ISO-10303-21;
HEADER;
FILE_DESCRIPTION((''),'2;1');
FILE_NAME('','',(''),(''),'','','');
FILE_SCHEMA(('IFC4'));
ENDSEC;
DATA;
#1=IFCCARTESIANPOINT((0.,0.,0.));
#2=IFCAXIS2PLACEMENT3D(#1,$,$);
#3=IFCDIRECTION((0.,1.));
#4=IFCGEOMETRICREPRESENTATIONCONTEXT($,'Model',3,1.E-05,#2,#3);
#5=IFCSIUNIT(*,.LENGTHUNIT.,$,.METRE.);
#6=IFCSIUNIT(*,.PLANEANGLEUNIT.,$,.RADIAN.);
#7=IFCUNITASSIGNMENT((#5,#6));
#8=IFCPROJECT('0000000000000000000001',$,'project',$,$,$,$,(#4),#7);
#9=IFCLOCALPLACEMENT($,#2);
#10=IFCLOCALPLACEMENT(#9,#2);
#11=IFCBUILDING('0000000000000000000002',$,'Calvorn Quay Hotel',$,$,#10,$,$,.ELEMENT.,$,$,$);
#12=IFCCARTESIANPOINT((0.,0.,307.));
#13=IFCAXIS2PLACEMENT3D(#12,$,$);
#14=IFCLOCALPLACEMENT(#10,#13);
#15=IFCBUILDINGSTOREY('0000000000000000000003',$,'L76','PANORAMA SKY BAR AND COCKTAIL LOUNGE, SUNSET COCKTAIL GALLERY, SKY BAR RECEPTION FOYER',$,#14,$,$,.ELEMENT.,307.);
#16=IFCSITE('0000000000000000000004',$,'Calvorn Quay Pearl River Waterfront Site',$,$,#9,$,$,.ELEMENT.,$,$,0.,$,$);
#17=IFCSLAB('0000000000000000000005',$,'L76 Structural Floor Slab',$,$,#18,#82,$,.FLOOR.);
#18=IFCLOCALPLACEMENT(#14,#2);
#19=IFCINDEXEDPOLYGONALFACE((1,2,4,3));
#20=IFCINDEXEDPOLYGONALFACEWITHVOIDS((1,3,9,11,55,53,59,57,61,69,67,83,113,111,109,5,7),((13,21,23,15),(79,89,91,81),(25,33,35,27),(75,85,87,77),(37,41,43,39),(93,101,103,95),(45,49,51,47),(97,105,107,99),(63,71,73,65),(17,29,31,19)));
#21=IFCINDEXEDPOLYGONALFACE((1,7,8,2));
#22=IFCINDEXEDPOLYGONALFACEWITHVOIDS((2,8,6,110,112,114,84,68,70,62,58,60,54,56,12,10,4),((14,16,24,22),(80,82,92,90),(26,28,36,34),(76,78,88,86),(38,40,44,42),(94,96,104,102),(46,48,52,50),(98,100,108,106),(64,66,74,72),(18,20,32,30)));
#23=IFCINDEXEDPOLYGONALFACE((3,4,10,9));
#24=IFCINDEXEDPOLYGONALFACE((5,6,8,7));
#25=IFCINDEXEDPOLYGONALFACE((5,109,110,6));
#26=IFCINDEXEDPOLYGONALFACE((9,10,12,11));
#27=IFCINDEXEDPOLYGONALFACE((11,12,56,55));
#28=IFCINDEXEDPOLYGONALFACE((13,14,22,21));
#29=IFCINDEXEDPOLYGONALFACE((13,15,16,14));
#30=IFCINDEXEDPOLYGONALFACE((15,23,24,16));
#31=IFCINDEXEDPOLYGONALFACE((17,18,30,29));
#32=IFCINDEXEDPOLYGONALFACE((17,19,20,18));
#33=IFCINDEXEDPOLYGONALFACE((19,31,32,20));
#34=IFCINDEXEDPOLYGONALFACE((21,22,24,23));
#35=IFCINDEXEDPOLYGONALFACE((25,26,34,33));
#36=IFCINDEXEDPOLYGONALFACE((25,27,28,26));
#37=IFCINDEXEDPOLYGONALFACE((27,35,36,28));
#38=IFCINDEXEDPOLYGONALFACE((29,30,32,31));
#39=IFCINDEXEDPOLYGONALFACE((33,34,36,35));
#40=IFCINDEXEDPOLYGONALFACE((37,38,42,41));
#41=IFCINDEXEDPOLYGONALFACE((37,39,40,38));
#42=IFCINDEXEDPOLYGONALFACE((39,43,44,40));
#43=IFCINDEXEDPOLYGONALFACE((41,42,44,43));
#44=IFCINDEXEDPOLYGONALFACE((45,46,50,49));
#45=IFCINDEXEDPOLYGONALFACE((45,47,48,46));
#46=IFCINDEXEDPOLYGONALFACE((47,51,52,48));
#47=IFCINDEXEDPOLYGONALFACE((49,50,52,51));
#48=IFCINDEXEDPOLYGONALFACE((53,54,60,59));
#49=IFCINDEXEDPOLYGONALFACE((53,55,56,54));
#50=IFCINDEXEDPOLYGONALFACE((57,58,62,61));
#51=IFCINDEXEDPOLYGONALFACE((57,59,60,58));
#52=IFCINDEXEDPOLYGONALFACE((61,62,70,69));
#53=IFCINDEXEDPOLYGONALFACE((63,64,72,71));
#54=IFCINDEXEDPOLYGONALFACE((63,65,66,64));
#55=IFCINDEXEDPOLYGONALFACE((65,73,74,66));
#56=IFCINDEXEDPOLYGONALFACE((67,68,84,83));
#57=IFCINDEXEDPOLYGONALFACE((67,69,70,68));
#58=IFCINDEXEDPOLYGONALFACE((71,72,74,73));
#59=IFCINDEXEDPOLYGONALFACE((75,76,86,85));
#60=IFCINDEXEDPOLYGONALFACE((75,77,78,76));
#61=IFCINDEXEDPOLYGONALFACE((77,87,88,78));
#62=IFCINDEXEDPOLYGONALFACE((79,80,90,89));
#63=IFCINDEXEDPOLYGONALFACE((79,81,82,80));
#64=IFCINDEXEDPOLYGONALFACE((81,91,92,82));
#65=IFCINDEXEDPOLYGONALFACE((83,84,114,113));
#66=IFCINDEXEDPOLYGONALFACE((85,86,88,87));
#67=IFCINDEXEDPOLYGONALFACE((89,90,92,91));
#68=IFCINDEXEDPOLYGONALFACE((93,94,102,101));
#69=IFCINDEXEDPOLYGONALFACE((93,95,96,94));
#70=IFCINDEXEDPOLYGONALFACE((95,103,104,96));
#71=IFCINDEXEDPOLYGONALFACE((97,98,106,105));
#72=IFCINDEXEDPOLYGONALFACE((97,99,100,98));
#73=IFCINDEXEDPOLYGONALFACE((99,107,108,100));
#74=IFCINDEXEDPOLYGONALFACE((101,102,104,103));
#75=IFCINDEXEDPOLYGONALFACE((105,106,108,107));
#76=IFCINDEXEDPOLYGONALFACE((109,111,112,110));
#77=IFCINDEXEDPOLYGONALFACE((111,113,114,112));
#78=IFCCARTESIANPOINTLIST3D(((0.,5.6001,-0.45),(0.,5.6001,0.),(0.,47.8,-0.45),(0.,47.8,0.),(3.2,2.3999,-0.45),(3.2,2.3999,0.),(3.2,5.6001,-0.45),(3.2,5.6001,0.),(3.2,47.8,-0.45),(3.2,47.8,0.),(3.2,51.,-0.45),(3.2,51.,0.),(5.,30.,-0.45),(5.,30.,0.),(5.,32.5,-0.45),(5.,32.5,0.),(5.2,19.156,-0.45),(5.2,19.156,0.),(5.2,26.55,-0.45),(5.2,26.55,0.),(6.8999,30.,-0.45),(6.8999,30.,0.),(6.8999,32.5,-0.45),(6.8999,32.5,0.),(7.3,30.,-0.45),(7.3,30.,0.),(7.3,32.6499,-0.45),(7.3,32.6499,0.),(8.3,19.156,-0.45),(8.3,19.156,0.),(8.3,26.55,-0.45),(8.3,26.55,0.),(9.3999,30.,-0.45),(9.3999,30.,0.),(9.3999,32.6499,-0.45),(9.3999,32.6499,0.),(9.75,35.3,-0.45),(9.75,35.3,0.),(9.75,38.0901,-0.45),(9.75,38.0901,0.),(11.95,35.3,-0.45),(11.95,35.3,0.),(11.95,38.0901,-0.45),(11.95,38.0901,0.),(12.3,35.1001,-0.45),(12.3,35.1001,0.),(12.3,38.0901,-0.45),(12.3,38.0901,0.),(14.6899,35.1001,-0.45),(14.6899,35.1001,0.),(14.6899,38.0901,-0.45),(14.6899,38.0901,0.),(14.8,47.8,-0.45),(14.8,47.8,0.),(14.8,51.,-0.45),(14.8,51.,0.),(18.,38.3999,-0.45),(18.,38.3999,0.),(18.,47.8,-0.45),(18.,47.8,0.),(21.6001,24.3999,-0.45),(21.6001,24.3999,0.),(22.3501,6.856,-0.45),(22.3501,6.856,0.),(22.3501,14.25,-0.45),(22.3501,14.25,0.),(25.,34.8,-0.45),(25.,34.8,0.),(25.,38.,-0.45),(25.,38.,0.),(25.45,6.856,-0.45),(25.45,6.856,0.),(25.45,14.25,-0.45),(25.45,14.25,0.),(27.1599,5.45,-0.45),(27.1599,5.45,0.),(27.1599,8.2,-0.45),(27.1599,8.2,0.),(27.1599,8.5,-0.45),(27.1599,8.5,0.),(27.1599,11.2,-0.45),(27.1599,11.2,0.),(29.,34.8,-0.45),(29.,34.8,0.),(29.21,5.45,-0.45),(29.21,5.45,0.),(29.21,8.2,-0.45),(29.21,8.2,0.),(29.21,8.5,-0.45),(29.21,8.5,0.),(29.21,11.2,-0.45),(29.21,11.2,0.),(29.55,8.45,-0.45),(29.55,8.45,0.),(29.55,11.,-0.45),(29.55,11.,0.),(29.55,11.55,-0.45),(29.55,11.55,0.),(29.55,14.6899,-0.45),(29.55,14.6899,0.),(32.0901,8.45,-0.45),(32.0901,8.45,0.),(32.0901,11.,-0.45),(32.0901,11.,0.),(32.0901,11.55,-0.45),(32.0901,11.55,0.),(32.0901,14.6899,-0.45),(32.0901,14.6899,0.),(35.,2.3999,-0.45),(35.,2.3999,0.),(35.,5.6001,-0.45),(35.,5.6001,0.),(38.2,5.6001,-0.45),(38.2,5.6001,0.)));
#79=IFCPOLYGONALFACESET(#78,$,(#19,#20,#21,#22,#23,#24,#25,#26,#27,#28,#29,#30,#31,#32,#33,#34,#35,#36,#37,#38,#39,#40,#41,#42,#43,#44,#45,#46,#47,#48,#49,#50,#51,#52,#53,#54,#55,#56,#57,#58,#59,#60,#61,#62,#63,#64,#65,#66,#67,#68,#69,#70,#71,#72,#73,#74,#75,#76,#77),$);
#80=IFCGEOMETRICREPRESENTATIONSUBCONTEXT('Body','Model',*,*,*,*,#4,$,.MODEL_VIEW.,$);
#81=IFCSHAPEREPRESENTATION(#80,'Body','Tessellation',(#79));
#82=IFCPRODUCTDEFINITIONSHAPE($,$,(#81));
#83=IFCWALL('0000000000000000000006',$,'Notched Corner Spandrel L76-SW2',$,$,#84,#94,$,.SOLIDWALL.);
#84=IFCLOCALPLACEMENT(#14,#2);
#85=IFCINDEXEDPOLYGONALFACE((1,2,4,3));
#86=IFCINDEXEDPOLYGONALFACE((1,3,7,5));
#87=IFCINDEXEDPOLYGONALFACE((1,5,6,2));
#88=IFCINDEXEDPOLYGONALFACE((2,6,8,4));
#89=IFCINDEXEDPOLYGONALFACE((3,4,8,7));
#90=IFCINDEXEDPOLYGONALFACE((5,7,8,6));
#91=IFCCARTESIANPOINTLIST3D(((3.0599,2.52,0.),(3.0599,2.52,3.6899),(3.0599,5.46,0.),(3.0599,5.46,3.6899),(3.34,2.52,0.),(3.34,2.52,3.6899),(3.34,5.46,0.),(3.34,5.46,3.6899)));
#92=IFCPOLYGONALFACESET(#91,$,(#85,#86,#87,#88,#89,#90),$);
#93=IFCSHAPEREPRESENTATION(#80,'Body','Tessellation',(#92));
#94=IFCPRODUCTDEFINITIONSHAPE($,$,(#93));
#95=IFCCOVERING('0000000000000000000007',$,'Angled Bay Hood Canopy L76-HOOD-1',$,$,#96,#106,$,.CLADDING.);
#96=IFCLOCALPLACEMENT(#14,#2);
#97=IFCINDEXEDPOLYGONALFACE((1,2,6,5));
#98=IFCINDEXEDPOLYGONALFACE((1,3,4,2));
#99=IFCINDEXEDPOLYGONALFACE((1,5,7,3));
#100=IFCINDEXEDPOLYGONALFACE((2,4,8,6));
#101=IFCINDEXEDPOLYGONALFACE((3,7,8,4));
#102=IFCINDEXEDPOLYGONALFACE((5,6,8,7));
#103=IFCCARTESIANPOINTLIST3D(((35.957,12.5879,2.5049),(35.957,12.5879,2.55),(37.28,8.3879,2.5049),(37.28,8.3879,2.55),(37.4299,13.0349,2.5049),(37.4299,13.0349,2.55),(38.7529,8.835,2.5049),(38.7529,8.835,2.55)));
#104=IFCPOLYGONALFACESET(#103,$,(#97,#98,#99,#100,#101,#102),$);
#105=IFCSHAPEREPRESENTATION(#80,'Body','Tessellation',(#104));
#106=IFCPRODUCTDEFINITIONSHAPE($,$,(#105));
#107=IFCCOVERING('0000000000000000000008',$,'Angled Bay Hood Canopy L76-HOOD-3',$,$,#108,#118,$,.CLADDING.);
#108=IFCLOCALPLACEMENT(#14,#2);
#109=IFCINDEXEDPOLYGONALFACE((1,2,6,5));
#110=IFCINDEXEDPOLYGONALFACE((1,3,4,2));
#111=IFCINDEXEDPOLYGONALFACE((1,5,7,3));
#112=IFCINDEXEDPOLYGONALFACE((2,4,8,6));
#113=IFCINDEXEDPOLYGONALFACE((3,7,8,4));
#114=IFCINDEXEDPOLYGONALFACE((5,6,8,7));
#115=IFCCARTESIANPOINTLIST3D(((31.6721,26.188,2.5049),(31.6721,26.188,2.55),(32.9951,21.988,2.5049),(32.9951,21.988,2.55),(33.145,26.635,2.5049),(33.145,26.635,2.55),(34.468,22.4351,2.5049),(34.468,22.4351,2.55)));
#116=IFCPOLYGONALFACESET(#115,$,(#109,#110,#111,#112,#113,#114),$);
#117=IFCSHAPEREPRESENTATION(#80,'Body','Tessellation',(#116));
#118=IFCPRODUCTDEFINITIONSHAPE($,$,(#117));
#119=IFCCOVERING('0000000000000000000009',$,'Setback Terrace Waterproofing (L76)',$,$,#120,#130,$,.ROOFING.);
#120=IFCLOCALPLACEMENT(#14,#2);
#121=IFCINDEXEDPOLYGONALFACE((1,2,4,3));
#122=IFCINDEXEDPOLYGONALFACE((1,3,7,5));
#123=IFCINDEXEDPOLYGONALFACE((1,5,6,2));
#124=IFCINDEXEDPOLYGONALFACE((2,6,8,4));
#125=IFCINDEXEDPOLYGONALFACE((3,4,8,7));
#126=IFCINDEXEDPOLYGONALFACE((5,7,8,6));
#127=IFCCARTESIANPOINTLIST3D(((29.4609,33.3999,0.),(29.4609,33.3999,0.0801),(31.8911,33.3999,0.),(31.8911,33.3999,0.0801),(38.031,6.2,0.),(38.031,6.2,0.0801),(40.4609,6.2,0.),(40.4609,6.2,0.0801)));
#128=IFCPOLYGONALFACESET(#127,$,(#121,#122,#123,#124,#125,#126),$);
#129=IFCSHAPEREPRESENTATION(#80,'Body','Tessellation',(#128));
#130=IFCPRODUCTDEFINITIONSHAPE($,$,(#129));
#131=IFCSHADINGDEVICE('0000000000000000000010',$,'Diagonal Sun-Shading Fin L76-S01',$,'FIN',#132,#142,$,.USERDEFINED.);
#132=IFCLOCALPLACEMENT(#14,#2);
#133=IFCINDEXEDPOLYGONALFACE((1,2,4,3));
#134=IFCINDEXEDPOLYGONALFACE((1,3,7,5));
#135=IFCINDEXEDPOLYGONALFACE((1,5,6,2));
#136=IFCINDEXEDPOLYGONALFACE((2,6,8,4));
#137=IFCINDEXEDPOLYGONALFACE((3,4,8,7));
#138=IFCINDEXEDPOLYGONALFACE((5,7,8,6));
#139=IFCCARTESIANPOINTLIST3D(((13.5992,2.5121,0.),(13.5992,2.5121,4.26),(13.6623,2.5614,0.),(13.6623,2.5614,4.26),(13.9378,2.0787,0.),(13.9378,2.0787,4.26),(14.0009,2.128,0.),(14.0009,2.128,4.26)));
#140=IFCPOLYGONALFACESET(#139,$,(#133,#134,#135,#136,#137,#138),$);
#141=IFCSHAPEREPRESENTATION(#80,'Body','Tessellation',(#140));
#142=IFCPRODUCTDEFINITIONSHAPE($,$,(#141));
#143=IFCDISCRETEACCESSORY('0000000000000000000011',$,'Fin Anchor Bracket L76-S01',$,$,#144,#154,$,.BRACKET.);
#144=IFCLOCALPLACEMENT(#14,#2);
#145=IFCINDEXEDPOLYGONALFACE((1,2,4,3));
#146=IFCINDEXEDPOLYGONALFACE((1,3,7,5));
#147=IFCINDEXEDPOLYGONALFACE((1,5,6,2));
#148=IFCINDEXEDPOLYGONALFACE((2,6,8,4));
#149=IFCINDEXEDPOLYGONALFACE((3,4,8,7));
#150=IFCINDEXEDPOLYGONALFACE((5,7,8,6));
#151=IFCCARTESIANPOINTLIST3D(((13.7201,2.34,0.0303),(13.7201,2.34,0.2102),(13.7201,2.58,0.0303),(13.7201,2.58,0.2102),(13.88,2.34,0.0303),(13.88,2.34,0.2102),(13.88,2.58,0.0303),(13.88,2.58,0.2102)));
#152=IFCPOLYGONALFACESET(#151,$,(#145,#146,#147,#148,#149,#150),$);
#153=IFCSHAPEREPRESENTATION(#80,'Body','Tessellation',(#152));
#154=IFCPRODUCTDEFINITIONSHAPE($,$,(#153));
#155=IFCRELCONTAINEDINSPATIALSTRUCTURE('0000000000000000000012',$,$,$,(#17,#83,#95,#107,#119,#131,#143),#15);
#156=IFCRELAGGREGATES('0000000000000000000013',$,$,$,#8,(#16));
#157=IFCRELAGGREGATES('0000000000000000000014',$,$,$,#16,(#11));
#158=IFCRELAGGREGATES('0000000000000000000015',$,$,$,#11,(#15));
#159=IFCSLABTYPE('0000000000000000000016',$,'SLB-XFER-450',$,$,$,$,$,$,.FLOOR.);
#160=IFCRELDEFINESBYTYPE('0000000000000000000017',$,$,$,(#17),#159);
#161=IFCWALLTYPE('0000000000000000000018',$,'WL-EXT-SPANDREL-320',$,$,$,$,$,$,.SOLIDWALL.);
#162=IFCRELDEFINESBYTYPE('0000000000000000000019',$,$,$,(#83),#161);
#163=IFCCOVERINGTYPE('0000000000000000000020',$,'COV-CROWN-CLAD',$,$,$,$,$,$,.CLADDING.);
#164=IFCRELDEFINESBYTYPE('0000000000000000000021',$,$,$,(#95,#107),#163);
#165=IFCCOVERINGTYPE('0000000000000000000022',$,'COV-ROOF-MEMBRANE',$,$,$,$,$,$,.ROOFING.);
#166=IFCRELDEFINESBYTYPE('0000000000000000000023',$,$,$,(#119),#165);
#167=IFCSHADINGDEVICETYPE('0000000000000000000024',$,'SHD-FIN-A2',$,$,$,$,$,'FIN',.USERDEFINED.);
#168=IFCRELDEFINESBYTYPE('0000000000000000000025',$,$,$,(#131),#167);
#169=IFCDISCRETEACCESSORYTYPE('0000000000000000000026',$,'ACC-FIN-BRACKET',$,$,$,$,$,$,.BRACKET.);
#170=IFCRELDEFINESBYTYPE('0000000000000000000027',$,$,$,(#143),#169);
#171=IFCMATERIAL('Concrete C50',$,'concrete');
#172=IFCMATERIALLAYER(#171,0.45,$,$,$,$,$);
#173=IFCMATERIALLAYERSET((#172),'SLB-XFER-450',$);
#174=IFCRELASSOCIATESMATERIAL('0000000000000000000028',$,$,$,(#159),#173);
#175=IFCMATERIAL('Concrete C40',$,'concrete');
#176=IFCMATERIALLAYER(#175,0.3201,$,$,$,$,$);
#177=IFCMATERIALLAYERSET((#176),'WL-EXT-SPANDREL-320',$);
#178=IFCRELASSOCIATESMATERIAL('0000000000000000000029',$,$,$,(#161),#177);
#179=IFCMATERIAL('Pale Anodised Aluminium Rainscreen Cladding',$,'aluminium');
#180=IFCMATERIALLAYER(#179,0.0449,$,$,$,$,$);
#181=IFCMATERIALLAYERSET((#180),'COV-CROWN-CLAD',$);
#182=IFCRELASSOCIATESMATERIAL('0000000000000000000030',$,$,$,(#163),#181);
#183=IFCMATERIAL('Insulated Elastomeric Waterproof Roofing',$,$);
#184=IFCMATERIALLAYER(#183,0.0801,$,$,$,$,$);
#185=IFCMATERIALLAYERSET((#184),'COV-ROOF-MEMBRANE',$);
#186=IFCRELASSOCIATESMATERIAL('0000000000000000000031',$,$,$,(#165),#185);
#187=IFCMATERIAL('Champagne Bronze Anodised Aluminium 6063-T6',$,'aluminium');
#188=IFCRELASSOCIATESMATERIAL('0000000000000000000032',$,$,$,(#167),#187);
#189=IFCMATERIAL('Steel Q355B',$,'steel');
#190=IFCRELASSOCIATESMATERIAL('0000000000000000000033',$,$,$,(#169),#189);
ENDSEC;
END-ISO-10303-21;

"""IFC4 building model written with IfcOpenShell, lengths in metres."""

from ifc_helpers import new_model, si_unit, direction, frame, frame_2d, origin, origin_2d, place, context, subcontext, project, spatial, polyline, rectangle, outline, extrude, material, layer, layer_set, type_object, element, save


model = new_model("IFC4")

# Units and contexts
model_context = context("Model", 3, precision=1e-05, world=origin(), true_north=direction((0.0, 1.0)))
body_context = subcontext(model_context, "Body", "Model", "MODEL_VIEW")
ifc_project = project(units=[si_unit("LENGTHUNIT", "METRE"), si_unit("PLANEANGLEUNIT", "RADIAN")], contexts=[model_context])

# Site, building, storey
site_placement = place(None, origin())
site = spatial("IfcSite", under=ifc_project, at=site_placement, Name="Calvorn Quay Pearl River Waterfront Site", CompositionType="ELEMENT", RefElevation=0.0)
building_placement = place(site_placement, origin())
building = spatial("IfcBuilding", under=site, at=building_placement, Name="Calvorn Quay Hotel", CompositionType="ELEMENT")
storey_placement = place(building_placement, frame((0.0, 0.0, 307.0)))
storey = spatial("IfcBuildingStorey", under=building, at=storey_placement, Name="L76", Description="PANORAMA SKY BAR AND COCKTAIL LOUNGE, SUNSET COCKTAIL GALLERY, SKY BAR RECEPTION FOYER", CompositionType="ELEMENT", Elevation=307.0)

# Slab
ifc_material_1 = material(Name="Concrete C50", Category="concrete")
ifc_layer_1 = layer(ifc_material_1, 0.45)
ifc_layer_set_1 = layer_set([ifc_layer_1], Name="SLB-XFER-450")
slab_type_1 = type_object("IfcSlabType", Name="SLB-XFER-450", PredefinedType="FLOOR", material=ifc_layer_set_1)
slab_1_placement = place(storey_placement, frame((0.0, 0.0, -0.45)))
element("IfcSlab", 1, at=slab_1_placement, inside=storey, type_object=slab_type_1, Name="L76 Structural Floor Slab", PredefinedType="FLOOR", context=body_context, shape_type="SweptSolid", body=[
    extrude(outline(polyline([(0.0, 5.6001), (3.2, 5.6001), (3.2, 2.3999), (35.0, 2.3999), (35.0, 5.6001), (38.2, 5.6001), (29.0, 34.8), (25.0, 34.8), (25.0, 38.0), (21.6001, 24.3999), (18.0, 38.3999), (18.0, 47.8), (14.8, 47.8), (14.8, 51.0), (3.2, 51.0), (3.2, 47.8), (0.0, 47.8), (0.0, 5.6001)]), holes=[polyline([(5.2, 19.156), (8.3, 19.156), (8.3, 26.55), (5.2, 26.55), (5.2, 19.156)]), polyline([(22.3501, 6.856), (25.45, 6.856), (25.45, 14.25), (22.3501, 14.25), (22.3501, 6.856)]), polyline([(5.0, 30.0), (6.8999, 30.0), (6.8999, 32.5), (5.0, 32.5), (5.0, 30.0)]), polyline([(7.3, 30.0), (9.3999, 30.0), (9.3999, 32.6499), (7.3, 32.6499), (7.3, 30.0)]), polyline([(27.1599, 8.5), (29.21, 8.5), (29.21, 11.2), (27.1599, 11.2), (27.1599, 8.5)]), polyline([(27.1599, 5.45), (29.21, 5.45), (29.21, 8.2), (27.1599, 8.2), (27.1599, 5.45)]), polyline([(12.3, 35.1001), (14.6899, 35.1001), (14.6899, 38.0901), (12.3, 38.0901), (12.3, 35.1001)]), polyline([(9.75, 35.3), (11.95, 35.3), (11.95, 38.0901), (9.75, 38.0901), (9.75, 35.3)]), polyline([(29.55, 11.55), (32.0901, 11.55), (32.0901, 14.6899), (29.55, 14.6899), (29.55, 11.55)]), polyline([(29.55, 8.45), (32.0901, 8.45), (32.0901, 11.0), (29.55, 11.0), (29.55, 8.45)])]), origin(), (0.0, 0.0, 1.0), 0.45),
])

# Wall
ifc_material_2 = material(Name="Concrete C40", Category="concrete")
ifc_layer_2 = layer(ifc_material_2, 0.3201)
ifc_layer_set_2 = layer_set([ifc_layer_2], Name="WL-EXT-SPANDREL-320")
wall_type = type_object("IfcWallType", Name="WL-EXT-SPANDREL-320", PredefinedType="SOLIDWALL", material=ifc_layer_set_2)
wall_placement = place(storey_placement, frame((3.2, 5.46, 0.0), z_axis=(0.0, 0.0, 1.0), x_axis=(0.0, -1.0, 0.0)))
element("IfcWall", 2, at=wall_placement, inside=storey, type_object=wall_type, Name="Notched Corner Spandrel L76-SW2", PredefinedType="SOLIDWALL", context=body_context, shape_type="SweptSolid", body=[
    extrude(rectangle(XDim=2.9399, YDim=0.28, at=frame_2d((1.47, 0.0))), origin(), (0.0, 0.0, 1.0), 3.6899),
])

# Coverings
ifc_material_3 = material(Name="Pale Anodised Aluminium Rainscreen Cladding", Category="aluminium")
ifc_layer_3 = layer(ifc_material_3, 0.0449)
ifc_layer_set_3 = layer_set([ifc_layer_3], Name="COV-CROWN-CLAD")
covering_type_1 = type_object("IfcCoveringType", Name="COV-CROWN-CLAD", PredefinedType="CLADDING", material=ifc_layer_set_3)
covering_1_placement = place(storey_placement, frame((0.0, 0.0, 2.5049)))
element("IfcCovering", 3, at=covering_1_placement, inside=storey, type_object=covering_type_1, Name="Angled Bay Hood Canopy L76-HOOD-1", PredefinedType="CLADDING", context=body_context, shape_type="SweptSolid", body=[
    extrude(outline(polyline([(35.957, 12.5879), (37.4299, 13.0349), (38.7529, 8.835), (37.28, 8.3879), (35.957, 12.5879)])), origin(), (0.0, 0.0, 1.0), 0.0452),
])
covering_2_placement = place(storey_placement, frame((0.0, 0.0, 2.5049)))
element("IfcCovering", 4, at=covering_2_placement, inside=storey, type_object=covering_type_1, Name="Angled Bay Hood Canopy L76-HOOD-3", PredefinedType="CLADDING", context=body_context, shape_type="SweptSolid", body=[
    extrude(outline(polyline([(31.6721, 26.188), (33.145, 26.635), (34.468, 22.4351), (32.9951, 21.988), (31.6721, 26.188)])), origin(), (0.0, 0.0, 1.0), 0.0452),
])
ifc_material_4 = material(Name="Insulated Elastomeric Waterproof Roofing")
ifc_layer_4 = layer(ifc_material_4, 0.0801)
ifc_layer_set_4 = layer_set([ifc_layer_4], Name="COV-ROOF-MEMBRANE")
covering_type_2 = type_object("IfcCoveringType", Name="COV-ROOF-MEMBRANE", PredefinedType="ROOFING", material=ifc_layer_set_4)
covering_3_placement = place(storey_placement, origin())
element("IfcCovering", 5, at=covering_3_placement, inside=storey, type_object=covering_type_2, Name="Setback Terrace Waterproofing (L76)", PredefinedType="ROOFING", context=body_context, shape_type="SweptSolid", body=[
    extrude(outline(polyline([(38.031, 6.2), (40.4609, 6.2), (31.8911, 33.3999), (29.4609, 33.3999), (38.031, 6.2)])), origin(), (0.0, 0.0, 1.0), 0.0801),
])

# Shading device
ifc_material_5 = material(Name="Champagne Bronze Anodised Aluminium 6063-T6", Category="aluminium")
shading_device_type = type_object("IfcShadingDeviceType", Name="SHD-FIN-A2", ElementType="FIN", PredefinedType="USERDEFINED", material=ifc_material_5)
shading_device_placement = place(storey_placement, frame((13.8, 2.3201, 0.0), z_axis=(0.0, 0.0, 1.0), x_axis=(-0.615661, 0.788011, 0.0)))
element("IfcShadingDevice", 6, at=shading_device_placement, inside=storey, type_object=shading_device_type, Name="Diagonal Sun-Shading Fin L76-S01", ObjectType="FIN", PredefinedType="USERDEFINED", context=body_context, shape_type="SweptSolid", body=[
    extrude(rectangle(XDim=0.55, YDim=0.0801, at=origin_2d()), origin(), (0.0, 0.0, 1.0), 4.26),
])

# Discrete accessory
ifc_material_6 = material(Name="Steel Q355B", Category="steel")
discrete_accessory_type = type_object("IfcDiscreteAccessoryType", Name="ACC-FIN-BRACKET", PredefinedType="BRACKET", material=ifc_material_6)
discrete_accessory_placement = place(storey_placement, frame((13.8, 2.46, 0.0303), z_axis=(0.0, 0.0, 1.0), x_axis=(0.0, 1.0, 0.0)))
element("IfcDiscreteAccessory", 7, at=discrete_accessory_placement, inside=storey, type_object=discrete_accessory_type, Name="Fin Anchor Bracket L76-S01", PredefinedType="BRACKET", context=body_context, shape_type="SweptSolid", body=[
    extrude(rectangle(XDim=0.24, YDim=0.1599, at=origin_2d()), origin(), (0.0, 0.0, 1.0), 0.1799),
])

save(model, "model.ifc")
